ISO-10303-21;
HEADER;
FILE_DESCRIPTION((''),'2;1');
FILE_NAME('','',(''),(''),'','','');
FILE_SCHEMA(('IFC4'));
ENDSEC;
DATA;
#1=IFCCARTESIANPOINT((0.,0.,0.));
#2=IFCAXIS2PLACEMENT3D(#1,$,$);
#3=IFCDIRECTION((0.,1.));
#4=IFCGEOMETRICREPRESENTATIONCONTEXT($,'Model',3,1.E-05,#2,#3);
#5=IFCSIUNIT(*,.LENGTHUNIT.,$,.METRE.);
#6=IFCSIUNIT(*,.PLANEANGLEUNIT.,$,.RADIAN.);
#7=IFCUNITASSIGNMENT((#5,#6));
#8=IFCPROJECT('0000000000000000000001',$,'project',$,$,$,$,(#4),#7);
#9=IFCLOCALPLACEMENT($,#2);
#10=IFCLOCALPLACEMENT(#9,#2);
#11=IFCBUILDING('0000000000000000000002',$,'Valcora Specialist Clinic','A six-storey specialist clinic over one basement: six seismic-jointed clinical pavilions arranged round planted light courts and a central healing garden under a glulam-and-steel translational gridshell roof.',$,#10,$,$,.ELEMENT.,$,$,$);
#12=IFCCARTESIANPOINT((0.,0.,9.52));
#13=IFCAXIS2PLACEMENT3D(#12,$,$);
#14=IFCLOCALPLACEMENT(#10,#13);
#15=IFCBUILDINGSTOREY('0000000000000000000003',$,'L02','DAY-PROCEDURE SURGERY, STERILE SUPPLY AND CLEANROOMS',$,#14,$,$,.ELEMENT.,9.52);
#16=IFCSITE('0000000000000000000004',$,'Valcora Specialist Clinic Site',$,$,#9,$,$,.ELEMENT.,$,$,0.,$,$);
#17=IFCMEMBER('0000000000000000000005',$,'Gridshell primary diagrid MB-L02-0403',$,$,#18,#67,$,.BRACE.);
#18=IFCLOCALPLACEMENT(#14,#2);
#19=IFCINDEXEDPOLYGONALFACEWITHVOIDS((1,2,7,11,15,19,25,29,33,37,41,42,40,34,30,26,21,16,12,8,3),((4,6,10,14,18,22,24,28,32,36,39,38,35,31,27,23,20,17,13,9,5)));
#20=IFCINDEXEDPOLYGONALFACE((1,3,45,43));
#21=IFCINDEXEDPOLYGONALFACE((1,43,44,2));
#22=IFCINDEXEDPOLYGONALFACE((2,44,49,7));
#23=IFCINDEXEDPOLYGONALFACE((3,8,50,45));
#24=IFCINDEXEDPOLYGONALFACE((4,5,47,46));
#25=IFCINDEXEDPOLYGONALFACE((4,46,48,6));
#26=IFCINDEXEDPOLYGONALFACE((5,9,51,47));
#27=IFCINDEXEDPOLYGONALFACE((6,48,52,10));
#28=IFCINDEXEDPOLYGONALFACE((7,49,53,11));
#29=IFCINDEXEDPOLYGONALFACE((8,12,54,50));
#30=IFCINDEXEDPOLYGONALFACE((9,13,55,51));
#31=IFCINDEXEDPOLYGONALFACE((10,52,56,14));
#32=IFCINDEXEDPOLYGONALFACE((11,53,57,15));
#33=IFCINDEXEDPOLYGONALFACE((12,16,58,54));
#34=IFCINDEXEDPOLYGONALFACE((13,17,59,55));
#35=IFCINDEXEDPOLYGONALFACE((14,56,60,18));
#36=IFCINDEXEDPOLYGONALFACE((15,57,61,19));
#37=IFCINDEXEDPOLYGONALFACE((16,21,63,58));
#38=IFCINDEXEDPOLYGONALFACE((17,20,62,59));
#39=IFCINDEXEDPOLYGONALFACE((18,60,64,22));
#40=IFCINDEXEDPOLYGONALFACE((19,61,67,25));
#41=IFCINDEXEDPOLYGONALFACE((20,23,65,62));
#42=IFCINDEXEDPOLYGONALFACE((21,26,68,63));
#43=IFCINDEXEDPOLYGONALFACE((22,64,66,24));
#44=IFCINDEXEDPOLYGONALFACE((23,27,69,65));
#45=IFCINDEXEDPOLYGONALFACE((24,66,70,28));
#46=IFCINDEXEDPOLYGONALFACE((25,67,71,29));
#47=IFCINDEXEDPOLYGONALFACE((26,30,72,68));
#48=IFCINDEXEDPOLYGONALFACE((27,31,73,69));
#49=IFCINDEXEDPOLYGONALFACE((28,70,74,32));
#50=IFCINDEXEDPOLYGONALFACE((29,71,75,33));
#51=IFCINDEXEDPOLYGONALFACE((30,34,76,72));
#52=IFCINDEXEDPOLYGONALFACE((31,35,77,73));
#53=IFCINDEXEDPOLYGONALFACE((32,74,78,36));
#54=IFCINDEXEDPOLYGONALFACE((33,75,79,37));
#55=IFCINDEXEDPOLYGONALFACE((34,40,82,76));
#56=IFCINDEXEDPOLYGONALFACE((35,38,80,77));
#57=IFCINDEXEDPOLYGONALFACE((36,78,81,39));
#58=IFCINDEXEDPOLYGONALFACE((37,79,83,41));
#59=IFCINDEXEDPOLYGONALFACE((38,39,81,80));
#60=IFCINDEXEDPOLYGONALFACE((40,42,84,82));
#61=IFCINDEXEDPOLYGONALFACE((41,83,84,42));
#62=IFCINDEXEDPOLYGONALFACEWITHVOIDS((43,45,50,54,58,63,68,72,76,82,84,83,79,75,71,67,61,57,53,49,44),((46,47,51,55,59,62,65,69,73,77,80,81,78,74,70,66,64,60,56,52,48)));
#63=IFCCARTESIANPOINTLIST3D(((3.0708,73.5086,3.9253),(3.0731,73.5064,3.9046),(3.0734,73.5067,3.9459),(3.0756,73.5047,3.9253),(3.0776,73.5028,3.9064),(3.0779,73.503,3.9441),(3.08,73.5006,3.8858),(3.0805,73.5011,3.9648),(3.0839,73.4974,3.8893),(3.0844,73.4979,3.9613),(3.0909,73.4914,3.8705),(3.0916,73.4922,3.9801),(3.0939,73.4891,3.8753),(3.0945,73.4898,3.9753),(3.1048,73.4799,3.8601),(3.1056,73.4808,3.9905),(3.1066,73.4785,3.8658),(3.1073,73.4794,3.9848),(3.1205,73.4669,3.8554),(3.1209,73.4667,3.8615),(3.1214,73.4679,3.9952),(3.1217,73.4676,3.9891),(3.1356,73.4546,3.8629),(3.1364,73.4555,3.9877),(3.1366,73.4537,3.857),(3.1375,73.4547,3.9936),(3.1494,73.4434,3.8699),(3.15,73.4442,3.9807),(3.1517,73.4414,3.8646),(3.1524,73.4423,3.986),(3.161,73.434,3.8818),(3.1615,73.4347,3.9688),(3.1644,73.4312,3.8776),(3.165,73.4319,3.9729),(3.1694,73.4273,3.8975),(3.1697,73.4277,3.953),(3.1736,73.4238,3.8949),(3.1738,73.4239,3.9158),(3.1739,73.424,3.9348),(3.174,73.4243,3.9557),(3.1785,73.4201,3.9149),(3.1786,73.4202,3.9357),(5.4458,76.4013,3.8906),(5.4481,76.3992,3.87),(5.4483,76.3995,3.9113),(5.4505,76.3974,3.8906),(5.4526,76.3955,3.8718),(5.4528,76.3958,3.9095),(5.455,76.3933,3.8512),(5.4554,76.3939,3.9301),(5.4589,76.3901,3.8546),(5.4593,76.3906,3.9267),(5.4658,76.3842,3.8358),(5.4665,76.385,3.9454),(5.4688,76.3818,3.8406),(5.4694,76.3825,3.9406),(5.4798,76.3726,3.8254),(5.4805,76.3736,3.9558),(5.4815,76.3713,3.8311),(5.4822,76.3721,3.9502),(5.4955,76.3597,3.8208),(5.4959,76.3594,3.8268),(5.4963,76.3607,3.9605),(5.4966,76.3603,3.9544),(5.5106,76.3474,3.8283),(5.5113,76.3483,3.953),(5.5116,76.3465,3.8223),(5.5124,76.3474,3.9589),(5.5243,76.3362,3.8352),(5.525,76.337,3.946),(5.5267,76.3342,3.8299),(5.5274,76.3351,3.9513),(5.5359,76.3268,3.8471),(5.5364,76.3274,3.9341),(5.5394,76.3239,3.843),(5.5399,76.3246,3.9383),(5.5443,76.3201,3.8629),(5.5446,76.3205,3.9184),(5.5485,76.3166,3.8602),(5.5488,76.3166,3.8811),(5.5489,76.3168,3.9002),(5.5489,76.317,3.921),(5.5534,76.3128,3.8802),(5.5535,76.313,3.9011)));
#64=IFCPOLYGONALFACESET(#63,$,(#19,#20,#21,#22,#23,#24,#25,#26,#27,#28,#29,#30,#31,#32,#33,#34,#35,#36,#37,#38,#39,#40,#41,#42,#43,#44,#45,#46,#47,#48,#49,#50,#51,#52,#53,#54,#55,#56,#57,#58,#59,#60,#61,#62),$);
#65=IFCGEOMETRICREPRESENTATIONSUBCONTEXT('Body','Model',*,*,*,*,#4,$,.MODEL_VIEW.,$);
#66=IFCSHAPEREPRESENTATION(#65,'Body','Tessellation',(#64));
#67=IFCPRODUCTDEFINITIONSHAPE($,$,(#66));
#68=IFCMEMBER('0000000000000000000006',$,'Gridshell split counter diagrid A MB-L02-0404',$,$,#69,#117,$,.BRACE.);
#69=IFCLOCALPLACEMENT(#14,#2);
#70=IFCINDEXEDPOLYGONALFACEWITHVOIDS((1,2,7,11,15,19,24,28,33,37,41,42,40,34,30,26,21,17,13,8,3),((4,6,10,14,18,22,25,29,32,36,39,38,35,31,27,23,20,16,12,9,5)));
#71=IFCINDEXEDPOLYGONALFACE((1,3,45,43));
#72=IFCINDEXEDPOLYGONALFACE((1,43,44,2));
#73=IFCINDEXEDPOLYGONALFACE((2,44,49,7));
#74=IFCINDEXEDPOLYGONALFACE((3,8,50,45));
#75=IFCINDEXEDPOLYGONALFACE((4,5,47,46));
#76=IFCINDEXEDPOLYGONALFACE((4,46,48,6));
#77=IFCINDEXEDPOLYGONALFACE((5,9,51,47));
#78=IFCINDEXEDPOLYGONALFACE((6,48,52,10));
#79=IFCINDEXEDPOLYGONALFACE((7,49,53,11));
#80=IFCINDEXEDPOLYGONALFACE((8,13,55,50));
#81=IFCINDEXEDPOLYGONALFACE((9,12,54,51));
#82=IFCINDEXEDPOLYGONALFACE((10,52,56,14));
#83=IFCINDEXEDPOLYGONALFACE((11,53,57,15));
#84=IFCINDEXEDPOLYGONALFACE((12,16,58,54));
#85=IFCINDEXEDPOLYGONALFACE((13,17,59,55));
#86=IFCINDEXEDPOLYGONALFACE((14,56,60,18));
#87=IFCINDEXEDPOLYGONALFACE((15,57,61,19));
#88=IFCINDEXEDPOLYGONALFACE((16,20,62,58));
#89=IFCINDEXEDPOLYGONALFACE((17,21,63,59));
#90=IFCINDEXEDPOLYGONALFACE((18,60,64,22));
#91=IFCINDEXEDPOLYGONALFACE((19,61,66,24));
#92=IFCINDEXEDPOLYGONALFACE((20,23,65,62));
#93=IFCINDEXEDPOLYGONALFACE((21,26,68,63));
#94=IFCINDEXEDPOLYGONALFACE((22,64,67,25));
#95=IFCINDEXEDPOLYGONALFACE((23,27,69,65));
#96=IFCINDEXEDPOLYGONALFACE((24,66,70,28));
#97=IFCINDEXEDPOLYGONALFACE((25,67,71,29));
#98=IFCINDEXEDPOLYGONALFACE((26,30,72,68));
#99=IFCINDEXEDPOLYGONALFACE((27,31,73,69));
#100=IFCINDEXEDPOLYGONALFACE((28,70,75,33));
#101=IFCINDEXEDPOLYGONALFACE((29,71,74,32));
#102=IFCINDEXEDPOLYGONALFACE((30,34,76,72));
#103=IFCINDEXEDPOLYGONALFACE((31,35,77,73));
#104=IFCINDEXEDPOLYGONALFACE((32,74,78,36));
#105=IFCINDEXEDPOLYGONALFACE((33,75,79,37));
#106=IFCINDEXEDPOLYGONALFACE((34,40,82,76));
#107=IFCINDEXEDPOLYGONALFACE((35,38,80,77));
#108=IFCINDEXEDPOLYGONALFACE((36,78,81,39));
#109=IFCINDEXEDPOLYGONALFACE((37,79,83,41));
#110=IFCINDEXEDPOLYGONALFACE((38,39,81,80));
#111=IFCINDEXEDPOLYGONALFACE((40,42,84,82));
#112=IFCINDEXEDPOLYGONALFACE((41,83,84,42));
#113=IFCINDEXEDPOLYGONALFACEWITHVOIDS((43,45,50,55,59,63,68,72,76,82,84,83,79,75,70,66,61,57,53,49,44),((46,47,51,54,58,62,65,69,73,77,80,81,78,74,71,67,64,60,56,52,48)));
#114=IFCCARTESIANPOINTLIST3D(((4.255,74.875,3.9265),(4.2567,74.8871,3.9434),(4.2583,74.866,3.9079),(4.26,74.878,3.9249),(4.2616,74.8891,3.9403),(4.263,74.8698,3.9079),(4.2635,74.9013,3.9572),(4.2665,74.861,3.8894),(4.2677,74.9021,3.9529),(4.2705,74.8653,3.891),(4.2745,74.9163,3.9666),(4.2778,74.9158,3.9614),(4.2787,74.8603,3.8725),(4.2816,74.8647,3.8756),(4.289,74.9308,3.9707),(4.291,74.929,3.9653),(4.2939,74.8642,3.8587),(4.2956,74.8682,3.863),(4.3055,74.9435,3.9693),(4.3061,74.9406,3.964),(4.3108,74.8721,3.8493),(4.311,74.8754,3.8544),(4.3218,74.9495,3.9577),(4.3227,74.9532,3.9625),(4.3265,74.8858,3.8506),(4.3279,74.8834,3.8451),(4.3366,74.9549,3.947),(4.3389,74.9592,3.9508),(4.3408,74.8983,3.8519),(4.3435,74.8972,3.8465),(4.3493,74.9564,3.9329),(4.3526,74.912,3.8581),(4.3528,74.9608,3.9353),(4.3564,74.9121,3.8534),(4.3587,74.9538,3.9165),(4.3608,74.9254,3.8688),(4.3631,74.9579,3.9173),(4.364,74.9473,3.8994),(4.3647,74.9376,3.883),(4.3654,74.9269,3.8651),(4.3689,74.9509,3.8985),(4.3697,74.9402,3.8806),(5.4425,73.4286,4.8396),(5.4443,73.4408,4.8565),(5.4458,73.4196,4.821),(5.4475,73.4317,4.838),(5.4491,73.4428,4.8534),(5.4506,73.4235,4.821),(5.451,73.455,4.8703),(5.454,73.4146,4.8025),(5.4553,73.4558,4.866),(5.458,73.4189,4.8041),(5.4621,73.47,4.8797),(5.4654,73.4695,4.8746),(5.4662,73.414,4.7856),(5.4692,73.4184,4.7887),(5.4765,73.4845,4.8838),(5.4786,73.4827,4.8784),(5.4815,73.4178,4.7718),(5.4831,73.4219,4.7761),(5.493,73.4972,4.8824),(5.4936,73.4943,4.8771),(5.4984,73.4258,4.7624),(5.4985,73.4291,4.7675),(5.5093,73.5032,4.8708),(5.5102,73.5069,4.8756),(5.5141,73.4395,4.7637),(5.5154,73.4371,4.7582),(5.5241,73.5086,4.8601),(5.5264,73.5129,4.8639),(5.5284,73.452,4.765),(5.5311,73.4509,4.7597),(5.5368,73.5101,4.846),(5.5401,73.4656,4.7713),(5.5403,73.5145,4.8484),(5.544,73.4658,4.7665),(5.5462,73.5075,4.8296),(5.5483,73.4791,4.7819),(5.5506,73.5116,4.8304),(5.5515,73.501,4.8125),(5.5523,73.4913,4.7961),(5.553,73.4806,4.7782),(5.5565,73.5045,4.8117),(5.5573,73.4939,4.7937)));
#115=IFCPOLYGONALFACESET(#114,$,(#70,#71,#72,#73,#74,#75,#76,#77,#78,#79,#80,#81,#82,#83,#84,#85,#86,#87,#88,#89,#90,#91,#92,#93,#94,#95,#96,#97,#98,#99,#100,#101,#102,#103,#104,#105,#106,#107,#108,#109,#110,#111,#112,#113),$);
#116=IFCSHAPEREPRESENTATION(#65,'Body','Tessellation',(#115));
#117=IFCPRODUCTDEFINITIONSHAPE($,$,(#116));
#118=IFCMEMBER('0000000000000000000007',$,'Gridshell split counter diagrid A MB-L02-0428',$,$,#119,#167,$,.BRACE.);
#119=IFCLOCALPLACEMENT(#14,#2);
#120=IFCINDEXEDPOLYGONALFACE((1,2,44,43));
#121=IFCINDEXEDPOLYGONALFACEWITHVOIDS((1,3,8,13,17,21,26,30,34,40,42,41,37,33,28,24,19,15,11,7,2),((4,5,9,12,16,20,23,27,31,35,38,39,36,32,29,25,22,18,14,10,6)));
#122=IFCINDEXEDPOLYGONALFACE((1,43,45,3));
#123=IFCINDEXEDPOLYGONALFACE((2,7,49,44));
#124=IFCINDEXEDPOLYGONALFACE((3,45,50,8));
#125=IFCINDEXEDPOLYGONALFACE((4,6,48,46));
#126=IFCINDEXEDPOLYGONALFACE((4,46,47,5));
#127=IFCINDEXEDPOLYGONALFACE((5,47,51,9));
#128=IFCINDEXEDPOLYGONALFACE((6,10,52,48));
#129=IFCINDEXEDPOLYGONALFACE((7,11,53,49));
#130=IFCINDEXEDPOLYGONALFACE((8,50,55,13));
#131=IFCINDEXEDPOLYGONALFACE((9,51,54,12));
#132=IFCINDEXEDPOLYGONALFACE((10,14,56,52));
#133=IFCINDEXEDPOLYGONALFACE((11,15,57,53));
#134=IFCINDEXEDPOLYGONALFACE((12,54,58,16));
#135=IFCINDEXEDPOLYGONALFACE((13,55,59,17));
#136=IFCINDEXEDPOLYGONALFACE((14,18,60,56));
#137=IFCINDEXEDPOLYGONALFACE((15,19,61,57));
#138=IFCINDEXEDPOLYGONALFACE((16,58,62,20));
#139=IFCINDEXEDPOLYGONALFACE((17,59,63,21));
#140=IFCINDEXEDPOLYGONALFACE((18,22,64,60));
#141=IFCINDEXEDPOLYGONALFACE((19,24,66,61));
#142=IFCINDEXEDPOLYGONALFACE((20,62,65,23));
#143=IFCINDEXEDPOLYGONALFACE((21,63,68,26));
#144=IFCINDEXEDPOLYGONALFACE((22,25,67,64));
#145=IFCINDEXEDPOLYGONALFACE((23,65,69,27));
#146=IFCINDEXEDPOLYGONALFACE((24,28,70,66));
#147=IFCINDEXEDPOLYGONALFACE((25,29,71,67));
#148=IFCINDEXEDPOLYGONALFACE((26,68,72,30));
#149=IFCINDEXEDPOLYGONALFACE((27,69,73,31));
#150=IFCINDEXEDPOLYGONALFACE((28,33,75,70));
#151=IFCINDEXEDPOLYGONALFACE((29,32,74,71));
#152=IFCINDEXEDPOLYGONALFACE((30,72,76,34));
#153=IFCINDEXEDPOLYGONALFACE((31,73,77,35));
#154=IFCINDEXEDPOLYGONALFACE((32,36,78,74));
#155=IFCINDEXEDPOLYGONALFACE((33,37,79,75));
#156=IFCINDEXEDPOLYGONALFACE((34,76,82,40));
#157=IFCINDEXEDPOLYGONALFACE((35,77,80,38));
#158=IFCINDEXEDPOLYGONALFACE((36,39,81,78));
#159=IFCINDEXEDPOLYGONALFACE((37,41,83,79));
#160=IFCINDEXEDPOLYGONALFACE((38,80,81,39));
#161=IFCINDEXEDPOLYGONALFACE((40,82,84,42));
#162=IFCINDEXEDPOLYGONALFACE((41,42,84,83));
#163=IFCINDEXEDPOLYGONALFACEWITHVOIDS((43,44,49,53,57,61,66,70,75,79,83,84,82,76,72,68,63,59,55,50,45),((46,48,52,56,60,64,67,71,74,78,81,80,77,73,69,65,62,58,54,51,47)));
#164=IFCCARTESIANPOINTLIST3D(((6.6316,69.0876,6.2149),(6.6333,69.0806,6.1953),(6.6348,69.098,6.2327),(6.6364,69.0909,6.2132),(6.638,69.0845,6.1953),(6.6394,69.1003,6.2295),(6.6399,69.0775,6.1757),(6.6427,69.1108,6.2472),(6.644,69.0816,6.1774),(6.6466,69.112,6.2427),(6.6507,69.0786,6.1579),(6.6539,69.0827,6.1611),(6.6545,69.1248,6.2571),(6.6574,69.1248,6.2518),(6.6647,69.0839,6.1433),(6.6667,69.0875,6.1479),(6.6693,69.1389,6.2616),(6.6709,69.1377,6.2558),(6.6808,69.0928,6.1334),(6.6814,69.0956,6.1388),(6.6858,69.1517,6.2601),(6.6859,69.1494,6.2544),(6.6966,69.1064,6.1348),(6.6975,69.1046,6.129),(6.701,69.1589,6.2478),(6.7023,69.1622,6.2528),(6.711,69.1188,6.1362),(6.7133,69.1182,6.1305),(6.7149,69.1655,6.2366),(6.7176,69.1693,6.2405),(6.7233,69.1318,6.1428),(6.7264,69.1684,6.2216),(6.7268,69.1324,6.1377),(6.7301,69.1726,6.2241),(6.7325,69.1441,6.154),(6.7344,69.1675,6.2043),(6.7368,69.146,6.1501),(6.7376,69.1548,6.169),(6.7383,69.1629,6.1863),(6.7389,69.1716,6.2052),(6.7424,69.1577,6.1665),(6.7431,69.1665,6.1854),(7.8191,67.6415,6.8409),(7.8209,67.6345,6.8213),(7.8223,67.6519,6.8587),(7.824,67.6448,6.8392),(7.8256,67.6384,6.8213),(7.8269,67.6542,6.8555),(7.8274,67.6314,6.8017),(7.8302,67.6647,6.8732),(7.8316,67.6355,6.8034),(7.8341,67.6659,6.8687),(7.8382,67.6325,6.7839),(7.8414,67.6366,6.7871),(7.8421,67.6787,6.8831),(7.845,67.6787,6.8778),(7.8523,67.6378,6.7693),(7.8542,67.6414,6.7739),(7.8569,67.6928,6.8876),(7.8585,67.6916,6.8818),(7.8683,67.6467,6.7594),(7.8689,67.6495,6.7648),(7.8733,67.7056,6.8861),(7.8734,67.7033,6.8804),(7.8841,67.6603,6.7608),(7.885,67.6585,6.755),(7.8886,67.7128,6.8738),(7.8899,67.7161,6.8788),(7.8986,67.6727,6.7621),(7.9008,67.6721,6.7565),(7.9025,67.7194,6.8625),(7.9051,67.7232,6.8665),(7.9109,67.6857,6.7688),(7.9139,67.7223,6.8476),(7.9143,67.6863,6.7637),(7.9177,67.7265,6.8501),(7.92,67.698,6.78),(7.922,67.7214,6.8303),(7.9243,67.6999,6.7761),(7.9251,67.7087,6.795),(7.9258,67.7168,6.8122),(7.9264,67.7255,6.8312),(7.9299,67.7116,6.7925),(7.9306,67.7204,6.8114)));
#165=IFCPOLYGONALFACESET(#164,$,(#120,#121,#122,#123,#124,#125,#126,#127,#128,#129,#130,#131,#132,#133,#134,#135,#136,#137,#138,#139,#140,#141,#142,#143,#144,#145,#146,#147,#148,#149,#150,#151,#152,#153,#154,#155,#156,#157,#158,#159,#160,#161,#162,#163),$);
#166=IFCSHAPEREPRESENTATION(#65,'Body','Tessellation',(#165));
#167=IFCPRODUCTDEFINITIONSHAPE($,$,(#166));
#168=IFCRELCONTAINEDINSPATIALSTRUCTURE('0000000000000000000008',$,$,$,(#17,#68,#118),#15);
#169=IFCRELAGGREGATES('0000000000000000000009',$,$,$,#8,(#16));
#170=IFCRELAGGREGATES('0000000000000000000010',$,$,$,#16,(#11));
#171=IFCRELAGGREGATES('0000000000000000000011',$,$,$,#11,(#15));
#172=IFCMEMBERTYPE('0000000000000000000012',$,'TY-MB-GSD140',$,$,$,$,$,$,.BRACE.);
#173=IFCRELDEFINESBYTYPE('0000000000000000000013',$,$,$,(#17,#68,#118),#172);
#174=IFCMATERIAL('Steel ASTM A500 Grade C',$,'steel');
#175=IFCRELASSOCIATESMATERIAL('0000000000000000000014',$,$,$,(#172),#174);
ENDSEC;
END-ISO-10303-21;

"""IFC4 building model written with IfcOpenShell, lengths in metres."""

from ifc_helpers import new_model, si_unit, direction, frame, origin, origin_2d, place, context, subcontext, project, spatial, hollow_circle, extrude, material, material_profile, profile_set, type_object, element, save


model = new_model("IFC4")

# Units and contexts
model_context = context("Model", 3, precision=1e-05, world=origin(), true_north=direction((0.0, 1.0)))
body_context = subcontext(model_context, "Body", "Model", "MODEL_VIEW")
ifc_project = project(units=[si_unit("LENGTHUNIT", "METRE"), si_unit("PLANEANGLEUNIT", "RADIAN")], contexts=[model_context])

# Site, building, storey
site_placement = place(None, origin())
site = spatial("IfcSite", under=ifc_project, at=site_placement, Name="Valcora Specialist Clinic Site", CompositionType="ELEMENT", RefElevation=0.0)
building_placement = place(site_placement, origin())
building = spatial("IfcBuilding", under=site, at=building_placement, Name="Valcora Specialist Clinic", Description="A six-storey specialist clinic over one basement: six seismic-jointed clinical pavilions arranged round planted light courts and a central healing garden under a glulam-and-steel translational gridshell roof.", CompositionType="ELEMENT")
storey_placement = place(building_placement, frame((0.0, 0.0, 9.52)))
storey = spatial("IfcBuildingStorey", under=building, at=storey_placement, Name="L02", Description="DAY-PROCEDURE SURGERY, STERILE SUPPLY AND CLEANROOMS", CompositionType="ELEMENT", Elevation=9.52)

# Members
ifc_material_1 = material(Name="Steel ASTM A500 Grade C", Category="steel")
ifc_material_profile_1 = material_profile(ifc_material_1, hollow_circle(Radius=0.0701, WallThickness=0.0061, at=origin_2d()), Name="ST-CHS-140X6")
ifc_profile_set_1 = profile_set([ifc_material_profile_1], Name="Steel ASTM A500 Grade C")
member_type_1 = type_object("IfcMemberType", Name="TY-MB-GSD140", PredefinedType="BRACE", material=ifc_profile_set_1)
member_1_placement = place(storey_placement, frame((3.125, 73.4641, 3.9253), z_axis=(0.634513, 0.772856, -0.009262), x_axis=(-0.77289, 0.63454, 0.0)))
element("IfcMember", 1, at=member_1_placement, inside=storey, type_object=member_type_1, Name="Gridshell primary diagrid MB-L02-0403", PredefinedType="BRACE", context=body_context, shape_type="SweptSolid", body=[
    extrude(hollow_circle(Radius=0.0701, WallThickness=0.0061, at=origin_2d()), origin(), (0.0, 0.0, 1.0), 3.7429),
])
member_2_placement = place(storey_placement, frame((5.5, 73.4641, 4.821), z_axis=(-0.570305, 0.69459, -0.438516), x_axis=(-0.772863, -0.634572, 0.0)))
element("IfcMember", 2, at=member_2_placement, inside=storey, type_object=member_type_1, Name="Gridshell split counter diagrid A MB-L02-0404", PredefinedType="BRACE", context=body_context, shape_type="SweptSolid", body=[
    extrude(hollow_circle(Radius=0.0701, WallThickness=0.0061, at=origin_2d()), origin(), (0.0, 0.0, 1.0), 2.0823),
])
member_3_placement = place(storey_placement, frame((7.875, 67.679, 6.8213), z_axis=(-0.601851, 0.732887, -0.317258), x_axis=(-0.772811, -0.634636, 0.0)))
element("IfcMember", 3, at=member_3_placement, inside=storey, type_object=member_type_1, Name="Gridshell split counter diagrid A MB-L02-0428", PredefinedType="BRACE", context=body_context, shape_type="SweptSolid", body=[
    extrude(hollow_circle(Radius=0.0701, WallThickness=0.0061, at=origin_2d()), origin(), (0.0, 0.0, 1.0), 1.9731),
])

save(model, "model.ifc")
